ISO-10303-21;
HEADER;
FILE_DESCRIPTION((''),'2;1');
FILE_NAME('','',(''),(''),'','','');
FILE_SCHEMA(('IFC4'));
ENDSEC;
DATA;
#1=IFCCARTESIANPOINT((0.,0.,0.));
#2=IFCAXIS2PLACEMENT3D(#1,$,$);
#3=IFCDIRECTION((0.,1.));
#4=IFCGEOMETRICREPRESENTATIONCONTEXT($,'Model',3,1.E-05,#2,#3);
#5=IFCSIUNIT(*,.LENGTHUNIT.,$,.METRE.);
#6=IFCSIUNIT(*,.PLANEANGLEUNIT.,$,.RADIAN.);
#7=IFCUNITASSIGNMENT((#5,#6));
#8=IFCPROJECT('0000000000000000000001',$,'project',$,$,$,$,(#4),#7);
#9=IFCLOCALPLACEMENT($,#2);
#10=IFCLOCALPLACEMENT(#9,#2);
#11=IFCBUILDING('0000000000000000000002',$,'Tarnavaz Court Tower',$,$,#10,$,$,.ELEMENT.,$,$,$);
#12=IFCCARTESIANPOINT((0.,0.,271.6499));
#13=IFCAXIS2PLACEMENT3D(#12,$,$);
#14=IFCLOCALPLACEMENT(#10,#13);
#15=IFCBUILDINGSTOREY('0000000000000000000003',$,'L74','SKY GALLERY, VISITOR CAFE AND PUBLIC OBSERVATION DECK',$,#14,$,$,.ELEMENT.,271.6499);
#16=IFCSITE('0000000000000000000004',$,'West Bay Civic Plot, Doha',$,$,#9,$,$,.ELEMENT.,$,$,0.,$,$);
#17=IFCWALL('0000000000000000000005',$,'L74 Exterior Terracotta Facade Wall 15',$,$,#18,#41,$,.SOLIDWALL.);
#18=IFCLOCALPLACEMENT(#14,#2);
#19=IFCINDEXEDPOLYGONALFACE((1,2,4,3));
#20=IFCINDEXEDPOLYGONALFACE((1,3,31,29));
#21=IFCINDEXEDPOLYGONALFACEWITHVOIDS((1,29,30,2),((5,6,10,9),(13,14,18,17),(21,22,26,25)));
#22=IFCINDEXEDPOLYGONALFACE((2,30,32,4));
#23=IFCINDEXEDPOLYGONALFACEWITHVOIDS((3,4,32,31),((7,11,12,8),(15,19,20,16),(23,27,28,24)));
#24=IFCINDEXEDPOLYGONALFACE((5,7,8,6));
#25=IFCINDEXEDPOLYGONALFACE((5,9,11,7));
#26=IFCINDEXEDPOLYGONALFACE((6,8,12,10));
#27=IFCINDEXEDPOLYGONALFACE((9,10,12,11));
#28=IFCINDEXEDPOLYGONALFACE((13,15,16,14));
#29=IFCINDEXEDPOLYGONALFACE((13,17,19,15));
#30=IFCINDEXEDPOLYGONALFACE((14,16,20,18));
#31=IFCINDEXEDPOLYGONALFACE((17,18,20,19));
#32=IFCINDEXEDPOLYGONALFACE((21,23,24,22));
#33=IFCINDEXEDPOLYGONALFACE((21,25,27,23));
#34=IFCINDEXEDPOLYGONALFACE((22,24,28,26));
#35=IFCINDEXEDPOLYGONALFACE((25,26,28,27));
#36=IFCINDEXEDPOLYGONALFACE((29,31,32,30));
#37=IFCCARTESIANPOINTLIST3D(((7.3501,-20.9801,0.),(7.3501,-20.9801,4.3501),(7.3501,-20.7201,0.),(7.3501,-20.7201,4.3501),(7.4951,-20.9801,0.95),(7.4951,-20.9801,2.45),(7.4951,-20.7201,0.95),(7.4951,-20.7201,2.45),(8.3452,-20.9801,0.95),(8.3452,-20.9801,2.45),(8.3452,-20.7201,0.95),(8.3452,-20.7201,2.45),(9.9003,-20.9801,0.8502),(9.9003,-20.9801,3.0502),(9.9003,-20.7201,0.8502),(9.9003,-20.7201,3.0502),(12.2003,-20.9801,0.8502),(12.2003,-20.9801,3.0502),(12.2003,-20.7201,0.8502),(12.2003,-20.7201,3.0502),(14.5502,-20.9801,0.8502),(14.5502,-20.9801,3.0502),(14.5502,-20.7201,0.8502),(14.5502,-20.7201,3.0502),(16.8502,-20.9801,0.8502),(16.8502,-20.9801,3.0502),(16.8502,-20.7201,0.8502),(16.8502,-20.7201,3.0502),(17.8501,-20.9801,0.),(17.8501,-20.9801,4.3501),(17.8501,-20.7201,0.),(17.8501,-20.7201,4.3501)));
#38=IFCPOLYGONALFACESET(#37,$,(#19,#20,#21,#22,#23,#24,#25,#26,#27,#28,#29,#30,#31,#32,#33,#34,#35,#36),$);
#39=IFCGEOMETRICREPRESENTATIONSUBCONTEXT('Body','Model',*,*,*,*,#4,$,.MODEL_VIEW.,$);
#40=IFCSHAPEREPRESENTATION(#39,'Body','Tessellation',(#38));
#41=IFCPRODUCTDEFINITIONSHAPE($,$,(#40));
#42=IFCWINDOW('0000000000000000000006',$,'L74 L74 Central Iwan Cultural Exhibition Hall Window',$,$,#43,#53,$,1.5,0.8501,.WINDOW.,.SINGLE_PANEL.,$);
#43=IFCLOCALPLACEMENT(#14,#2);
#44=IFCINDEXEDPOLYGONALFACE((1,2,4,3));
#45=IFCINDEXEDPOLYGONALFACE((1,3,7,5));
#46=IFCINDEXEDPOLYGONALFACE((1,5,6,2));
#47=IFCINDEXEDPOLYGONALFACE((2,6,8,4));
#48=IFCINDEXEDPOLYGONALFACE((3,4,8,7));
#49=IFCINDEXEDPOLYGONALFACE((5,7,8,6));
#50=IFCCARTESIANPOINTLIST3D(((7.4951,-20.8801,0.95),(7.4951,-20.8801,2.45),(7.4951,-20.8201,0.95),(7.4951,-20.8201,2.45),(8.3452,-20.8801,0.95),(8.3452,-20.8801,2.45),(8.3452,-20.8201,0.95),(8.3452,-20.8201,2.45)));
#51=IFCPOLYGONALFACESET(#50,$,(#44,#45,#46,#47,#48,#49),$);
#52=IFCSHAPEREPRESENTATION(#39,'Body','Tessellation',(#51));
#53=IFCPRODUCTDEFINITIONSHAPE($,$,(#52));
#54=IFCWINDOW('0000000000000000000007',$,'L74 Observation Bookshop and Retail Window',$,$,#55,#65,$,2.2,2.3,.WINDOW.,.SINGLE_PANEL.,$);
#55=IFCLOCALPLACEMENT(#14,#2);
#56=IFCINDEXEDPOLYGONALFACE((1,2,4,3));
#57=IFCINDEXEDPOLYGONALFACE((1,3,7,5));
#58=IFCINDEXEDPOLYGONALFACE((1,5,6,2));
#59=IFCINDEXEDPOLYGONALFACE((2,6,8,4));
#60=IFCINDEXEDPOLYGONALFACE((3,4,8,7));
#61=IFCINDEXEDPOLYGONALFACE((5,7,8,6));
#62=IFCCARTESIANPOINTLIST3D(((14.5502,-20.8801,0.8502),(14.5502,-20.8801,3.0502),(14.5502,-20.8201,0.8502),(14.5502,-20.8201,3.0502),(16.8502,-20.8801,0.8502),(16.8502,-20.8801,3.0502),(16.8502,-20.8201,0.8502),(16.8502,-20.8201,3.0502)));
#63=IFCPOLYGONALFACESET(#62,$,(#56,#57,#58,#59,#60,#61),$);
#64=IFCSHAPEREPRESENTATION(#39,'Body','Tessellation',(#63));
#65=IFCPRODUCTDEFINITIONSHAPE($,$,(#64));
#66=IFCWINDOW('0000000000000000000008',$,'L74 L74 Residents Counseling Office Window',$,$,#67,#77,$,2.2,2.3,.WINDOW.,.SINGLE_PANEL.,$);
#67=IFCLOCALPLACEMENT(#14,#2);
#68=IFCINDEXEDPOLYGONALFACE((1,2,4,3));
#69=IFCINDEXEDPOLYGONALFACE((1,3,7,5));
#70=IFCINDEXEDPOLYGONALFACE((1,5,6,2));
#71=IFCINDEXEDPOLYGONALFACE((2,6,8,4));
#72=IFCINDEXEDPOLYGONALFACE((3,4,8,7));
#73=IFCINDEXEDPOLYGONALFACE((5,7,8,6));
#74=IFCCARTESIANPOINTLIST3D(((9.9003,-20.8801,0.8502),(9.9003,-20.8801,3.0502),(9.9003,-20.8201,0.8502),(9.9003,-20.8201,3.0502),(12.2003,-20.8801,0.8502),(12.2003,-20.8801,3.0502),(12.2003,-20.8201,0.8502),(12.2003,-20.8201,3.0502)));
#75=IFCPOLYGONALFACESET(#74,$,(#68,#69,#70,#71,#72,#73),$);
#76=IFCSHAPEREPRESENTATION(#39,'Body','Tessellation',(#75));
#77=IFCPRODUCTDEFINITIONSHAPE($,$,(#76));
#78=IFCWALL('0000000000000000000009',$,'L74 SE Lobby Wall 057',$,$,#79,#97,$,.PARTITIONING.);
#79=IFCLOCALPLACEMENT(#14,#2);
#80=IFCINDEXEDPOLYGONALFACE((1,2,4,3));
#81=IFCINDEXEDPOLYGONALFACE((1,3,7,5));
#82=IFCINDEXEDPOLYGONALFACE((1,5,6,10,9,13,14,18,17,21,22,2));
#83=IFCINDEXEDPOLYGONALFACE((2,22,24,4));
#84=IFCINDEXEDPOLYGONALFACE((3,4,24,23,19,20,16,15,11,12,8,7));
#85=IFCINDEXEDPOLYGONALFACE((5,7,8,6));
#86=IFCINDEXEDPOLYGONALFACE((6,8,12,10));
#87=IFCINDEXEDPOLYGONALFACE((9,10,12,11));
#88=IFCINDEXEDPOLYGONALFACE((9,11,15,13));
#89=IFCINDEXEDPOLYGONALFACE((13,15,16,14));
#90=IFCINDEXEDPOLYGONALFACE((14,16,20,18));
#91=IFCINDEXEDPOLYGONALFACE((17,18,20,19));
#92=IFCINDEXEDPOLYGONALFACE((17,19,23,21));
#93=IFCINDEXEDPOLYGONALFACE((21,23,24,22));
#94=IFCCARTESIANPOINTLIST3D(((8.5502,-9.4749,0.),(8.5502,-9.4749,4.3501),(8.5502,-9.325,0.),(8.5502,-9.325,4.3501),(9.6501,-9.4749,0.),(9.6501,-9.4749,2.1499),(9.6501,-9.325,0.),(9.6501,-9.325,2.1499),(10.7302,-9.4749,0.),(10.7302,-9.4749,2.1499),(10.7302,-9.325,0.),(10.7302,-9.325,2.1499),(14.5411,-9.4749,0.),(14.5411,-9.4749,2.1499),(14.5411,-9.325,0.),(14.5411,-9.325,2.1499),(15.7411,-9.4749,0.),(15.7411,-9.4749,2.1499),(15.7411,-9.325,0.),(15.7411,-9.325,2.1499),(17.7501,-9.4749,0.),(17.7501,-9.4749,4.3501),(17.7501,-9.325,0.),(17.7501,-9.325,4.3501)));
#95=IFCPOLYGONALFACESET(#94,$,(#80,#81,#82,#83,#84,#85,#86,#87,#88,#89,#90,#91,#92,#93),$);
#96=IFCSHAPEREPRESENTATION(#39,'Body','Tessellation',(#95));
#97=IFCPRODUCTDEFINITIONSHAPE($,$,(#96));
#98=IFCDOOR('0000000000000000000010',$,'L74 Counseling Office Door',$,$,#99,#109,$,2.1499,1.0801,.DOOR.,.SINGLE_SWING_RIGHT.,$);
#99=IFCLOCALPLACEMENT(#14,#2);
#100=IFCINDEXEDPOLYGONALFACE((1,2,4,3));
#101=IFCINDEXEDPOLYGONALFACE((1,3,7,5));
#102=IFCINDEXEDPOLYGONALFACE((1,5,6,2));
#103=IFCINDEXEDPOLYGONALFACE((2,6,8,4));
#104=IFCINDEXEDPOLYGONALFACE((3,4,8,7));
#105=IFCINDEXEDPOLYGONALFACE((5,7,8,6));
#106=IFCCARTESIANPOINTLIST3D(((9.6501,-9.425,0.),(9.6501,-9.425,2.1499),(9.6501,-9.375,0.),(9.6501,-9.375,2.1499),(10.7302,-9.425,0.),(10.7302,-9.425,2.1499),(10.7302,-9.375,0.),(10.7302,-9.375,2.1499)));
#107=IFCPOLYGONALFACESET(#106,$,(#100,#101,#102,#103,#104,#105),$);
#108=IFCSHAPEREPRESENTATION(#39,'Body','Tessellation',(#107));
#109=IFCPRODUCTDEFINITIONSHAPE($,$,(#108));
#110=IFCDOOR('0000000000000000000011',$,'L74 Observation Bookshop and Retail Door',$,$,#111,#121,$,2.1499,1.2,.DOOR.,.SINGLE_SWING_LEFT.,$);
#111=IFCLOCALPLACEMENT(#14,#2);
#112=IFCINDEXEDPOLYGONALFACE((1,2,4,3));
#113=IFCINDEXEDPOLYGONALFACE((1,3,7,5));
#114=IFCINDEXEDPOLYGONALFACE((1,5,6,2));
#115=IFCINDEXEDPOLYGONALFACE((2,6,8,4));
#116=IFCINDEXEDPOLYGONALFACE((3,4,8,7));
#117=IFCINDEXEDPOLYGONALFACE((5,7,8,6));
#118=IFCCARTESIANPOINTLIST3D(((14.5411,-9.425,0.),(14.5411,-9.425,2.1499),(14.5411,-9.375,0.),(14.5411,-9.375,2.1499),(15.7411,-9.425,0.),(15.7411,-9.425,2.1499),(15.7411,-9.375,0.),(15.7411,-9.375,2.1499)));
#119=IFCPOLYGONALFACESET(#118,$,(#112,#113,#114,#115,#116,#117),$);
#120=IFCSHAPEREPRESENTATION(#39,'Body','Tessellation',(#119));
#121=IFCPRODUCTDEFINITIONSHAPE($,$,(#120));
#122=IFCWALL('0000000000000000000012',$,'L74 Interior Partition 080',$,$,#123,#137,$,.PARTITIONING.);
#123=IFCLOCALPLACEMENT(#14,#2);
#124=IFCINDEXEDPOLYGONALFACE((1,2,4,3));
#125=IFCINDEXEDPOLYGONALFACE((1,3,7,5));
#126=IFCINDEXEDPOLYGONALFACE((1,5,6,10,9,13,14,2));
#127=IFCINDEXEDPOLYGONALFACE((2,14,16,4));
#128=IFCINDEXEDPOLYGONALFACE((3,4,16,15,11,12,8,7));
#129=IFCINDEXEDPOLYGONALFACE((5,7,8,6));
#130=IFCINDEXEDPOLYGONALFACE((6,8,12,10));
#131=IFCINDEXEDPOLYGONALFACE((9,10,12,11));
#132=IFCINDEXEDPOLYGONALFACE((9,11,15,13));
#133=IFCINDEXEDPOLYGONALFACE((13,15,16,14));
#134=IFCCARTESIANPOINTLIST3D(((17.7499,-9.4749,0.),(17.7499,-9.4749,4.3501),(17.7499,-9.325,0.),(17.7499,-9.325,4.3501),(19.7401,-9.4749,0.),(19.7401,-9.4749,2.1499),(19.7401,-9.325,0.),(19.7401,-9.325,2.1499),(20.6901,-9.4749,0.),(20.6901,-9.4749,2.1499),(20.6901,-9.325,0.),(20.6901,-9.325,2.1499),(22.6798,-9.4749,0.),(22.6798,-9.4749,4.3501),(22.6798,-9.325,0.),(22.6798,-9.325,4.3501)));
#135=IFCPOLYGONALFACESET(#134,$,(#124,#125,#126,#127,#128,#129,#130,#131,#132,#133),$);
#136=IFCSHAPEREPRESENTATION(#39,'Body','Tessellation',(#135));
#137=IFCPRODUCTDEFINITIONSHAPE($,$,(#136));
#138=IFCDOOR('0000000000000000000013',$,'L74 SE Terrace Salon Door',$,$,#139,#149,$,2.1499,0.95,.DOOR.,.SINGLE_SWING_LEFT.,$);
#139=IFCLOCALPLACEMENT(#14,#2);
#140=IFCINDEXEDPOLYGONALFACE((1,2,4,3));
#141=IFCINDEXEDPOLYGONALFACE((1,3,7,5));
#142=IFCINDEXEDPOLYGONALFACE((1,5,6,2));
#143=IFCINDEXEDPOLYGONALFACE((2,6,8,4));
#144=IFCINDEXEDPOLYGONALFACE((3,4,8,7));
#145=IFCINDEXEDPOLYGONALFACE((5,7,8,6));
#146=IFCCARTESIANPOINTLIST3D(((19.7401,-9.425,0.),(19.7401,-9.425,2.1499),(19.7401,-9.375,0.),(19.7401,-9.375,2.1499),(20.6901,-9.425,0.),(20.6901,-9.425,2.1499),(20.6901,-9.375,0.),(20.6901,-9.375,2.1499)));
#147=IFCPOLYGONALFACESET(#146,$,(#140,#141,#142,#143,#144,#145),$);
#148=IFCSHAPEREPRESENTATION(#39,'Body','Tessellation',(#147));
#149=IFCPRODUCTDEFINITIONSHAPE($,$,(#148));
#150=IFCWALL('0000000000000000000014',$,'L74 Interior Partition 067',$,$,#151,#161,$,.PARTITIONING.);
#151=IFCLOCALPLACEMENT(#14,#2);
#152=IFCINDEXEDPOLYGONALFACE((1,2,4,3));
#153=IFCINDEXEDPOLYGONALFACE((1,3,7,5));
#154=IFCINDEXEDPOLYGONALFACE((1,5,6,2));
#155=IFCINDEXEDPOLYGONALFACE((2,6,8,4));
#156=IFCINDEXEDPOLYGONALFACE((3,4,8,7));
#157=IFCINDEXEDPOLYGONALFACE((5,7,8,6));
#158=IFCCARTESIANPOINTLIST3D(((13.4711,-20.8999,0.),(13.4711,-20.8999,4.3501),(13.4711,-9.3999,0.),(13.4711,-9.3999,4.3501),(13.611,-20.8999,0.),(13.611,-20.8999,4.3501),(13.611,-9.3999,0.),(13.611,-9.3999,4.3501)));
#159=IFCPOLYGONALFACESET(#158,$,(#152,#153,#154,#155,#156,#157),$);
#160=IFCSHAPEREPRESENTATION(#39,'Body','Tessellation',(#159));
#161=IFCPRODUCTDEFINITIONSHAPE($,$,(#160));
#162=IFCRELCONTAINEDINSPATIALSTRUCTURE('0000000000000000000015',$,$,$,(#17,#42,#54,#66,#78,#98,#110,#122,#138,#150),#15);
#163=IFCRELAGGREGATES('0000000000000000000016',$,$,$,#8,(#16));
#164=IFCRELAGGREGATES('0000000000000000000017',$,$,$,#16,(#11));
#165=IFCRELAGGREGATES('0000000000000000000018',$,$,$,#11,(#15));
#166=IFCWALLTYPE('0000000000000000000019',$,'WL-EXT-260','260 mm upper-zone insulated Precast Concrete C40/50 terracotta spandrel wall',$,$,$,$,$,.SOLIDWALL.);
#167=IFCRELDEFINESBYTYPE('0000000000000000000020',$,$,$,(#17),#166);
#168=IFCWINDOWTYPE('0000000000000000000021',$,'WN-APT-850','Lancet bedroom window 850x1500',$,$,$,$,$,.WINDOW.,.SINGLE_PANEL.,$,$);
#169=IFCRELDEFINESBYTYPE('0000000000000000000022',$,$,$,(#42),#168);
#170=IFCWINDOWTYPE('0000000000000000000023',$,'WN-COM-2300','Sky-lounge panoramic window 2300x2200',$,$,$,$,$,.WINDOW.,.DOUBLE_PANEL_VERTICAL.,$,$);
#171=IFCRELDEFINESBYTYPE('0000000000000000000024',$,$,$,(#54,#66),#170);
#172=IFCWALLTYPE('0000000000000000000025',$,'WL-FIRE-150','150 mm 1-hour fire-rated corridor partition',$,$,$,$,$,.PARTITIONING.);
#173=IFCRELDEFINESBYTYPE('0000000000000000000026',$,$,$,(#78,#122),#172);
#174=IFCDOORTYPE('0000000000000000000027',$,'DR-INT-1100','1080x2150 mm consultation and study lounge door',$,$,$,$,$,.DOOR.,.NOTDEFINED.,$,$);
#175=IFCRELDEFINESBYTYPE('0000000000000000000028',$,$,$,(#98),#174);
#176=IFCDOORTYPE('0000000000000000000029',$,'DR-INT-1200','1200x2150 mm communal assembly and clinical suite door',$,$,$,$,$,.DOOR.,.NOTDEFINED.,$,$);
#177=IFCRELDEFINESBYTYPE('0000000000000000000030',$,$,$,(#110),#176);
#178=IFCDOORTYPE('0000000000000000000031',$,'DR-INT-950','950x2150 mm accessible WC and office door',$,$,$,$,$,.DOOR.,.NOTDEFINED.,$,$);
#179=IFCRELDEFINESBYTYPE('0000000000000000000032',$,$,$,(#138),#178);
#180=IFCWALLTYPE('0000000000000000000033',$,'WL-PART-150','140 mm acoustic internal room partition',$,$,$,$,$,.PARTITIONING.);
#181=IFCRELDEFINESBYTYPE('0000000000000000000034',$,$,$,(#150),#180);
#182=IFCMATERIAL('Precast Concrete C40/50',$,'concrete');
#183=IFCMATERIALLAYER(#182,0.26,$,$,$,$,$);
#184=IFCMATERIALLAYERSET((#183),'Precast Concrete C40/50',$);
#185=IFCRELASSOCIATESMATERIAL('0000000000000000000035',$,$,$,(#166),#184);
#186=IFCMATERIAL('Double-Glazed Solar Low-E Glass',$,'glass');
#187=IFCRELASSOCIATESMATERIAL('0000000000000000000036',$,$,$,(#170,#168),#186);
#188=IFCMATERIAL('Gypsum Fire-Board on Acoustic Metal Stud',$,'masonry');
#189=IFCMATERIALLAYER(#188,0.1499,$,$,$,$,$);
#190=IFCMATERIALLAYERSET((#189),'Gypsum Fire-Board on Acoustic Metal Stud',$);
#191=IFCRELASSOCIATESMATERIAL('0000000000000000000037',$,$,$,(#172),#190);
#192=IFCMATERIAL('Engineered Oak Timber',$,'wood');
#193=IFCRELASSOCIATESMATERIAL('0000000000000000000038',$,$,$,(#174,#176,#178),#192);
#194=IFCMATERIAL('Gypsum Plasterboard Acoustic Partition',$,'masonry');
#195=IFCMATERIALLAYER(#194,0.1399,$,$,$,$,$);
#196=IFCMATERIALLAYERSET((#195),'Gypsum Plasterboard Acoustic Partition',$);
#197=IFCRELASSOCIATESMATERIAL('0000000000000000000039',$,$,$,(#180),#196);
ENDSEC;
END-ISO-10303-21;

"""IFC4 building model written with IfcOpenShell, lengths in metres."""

from ifc_helpers import new_model, si_unit, direction, frame, frame_2d, origin, place, context, subcontext, project, spatial, rectangle, extrude, material, layer, layer_set, type_object, element, fill, save


model = new_model("IFC4")

# Units and contexts
model_context = context("Model", 3, precision=1e-05, world=origin(), true_north=direction((0.0, 1.0)))
body_context = subcontext(model_context, "Body", "Model", "MODEL_VIEW")
ifc_project = project(units=[si_unit("LENGTHUNIT", "METRE"), si_unit("PLANEANGLEUNIT", "RADIAN")], contexts=[model_context])

# Site, building, storey
site_placement = place(None, origin())
site = spatial("IfcSite", under=ifc_project, at=site_placement, Name="West Bay Civic Plot, Doha", CompositionType="ELEMENT", RefElevation=0.0)
building_placement = place(site_placement, origin())
building = spatial("IfcBuilding", under=site, at=building_placement, Name="Tarnavaz Court Tower", CompositionType="ELEMENT")
storey_placement = place(building_placement, frame((0.0, 0.0, 271.6499)))
storey = spatial("IfcBuildingStorey", under=building, at=storey_placement, Name="L74", Description="SKY GALLERY, VISITOR CAFE AND PUBLIC OBSERVATION DECK", CompositionType="ELEMENT", Elevation=271.6499)

# Shared definitions
ifc_material_1 = material(Name="Double-Glazed Solar Low-E Glass", Category="glass")

# Shared definitions
ifc_material_2 = material(Name="Precast Concrete C40/50", Category="concrete")
ifc_layer_1 = layer(ifc_material_2, 0.26)
ifc_layer_set_1 = layer_set([ifc_layer_1], Name="Precast Concrete C40/50")
wall_type_1 = type_object("IfcWallType", Name="WL-EXT-260", Description="260 mm upper-zone insulated Precast Concrete C40/50 terracotta spandrel wall", PredefinedType="SOLIDWALL", material=ifc_layer_set_1)
window_type_1 = type_object("IfcWindowType", Name="WN-COM-2300", Description="Sky-lounge panoramic window 2300x2200", PartitioningType="DOUBLE_PANEL_VERTICAL", PredefinedType="WINDOW", material=ifc_material_1)

# Wall, openings, windows
wall_1_placement = place(storey_placement, frame((17.8501, -20.8501, 0.0), z_axis=(0.0, 0.0, 1.0), x_axis=(-1.0, 0.0, 0.0)))
wall_1 = element("IfcWall", 1, at=wall_1_placement, inside=storey, type_object=wall_type_1, Name="L74 Exterior Terracotta Facade Wall 15", PredefinedType="SOLIDWALL", context=body_context, shape_type="SweptSolid", body=[
    extrude(rectangle(XDim=10.5, YDim=0.26, at=frame_2d((5.25, 0.0))), origin(), (0.0, 0.0, 1.0), 4.3501),
])
opening_1_placement = place(wall_1_placement, frame((1.0, 0.0, 0.8501)))
opening_1 = element("IfcOpeningElement", 2, at=opening_1_placement, cuts=wall_1, PredefinedType="OPENING", context=body_context, shape_type="SweptSolid", body=[
    extrude(rectangle(XDim=2.3, YDim=2.2, at=frame_2d((1.1499, 1.1001))), frame((0.0, 0.1399, 0.0), z_axis=(0.0, -1.0, 0.0), x_axis=(1.0, 0.0, 0.0)), (0.0, 0.0, 1.0), 0.28),
])
opening_2_placement = place(wall_1_placement, frame((5.6499, 0.0, 0.8501)))
opening_2 = element("IfcOpeningElement", 3, at=opening_2_placement, cuts=wall_1, PredefinedType="OPENING", context=body_context, shape_type="SweptSolid", body=[
    extrude(rectangle(XDim=2.3, YDim=2.2, at=frame_2d((1.1499, 1.1001))), frame((0.0, 0.1399, 0.0), z_axis=(0.0, -1.0, 0.0), x_axis=(1.0, 0.0, 0.0)), (0.0, 0.0, 1.0), 0.28),
])
opening_3_placement = place(wall_1_placement, frame((9.5049, 0.0, 0.95)))
opening_3 = element("IfcOpeningElement", 4, at=opening_3_placement, cuts=wall_1, PredefinedType="OPENING", context=body_context, shape_type="SweptSolid", body=[
    extrude(rectangle(XDim=0.8501, YDim=1.5, at=frame_2d((0.425, 0.75))), frame((0.0, 0.1399, 0.0), z_axis=(0.0, -1.0, 0.0), x_axis=(1.0, 0.0, 0.0)), (0.0, 0.0, 1.0), 0.28),
])
window_type_2 = type_object("IfcWindowType", Name="WN-APT-850", Description="Lancet bedroom window 850x1500", PartitioningType="SINGLE_PANEL", PredefinedType="WINDOW", material=ifc_material_1)
window_1_placement = place(opening_3_placement, origin())
window_1 = element("IfcWindow", 5, at=window_1_placement, inside=storey, type_object=window_type_2, Name="L74 L74 Central Iwan Cultural Exhibition Hall Window", OverallHeight=1.5, OverallWidth=0.8501, PartitioningType="SINGLE_PANEL", PredefinedType="WINDOW", context=body_context, shape_type="SweptSolid", body=[
    extrude(rectangle(XDim=0.8501, YDim=1.5, at=frame_2d((0.425, 0.75))), frame((0.0, 0.03, 0.0), z_axis=(0.0, -1.0, 0.0), x_axis=(1.0, 0.0, 0.0)), (0.0, 0.0, 1.0), 0.0601),
])
fill(opening_3, window_1)
window_2_placement = place(opening_1_placement, origin())
window_2 = element("IfcWindow", 6, at=window_2_placement, inside=storey, type_object=window_type_1, Name="L74 Observation Bookshop and Retail Window", OverallHeight=2.2, OverallWidth=2.3, PartitioningType="SINGLE_PANEL", PredefinedType="WINDOW", context=body_context, shape_type="SweptSolid", body=[
    extrude(rectangle(XDim=2.3, YDim=2.2, at=frame_2d((1.1499, 1.1001))), frame((0.0, 0.03, 0.0), z_axis=(0.0, -1.0, 0.0), x_axis=(1.0, 0.0, 0.0)), (0.0, 0.0, 1.0), 0.0601),
])
fill(opening_1, window_2)
window_3_placement = place(opening_2_placement, origin())
window_3 = element("IfcWindow", 7, at=window_3_placement, inside=storey, type_object=window_type_1, Name="L74 L74 Residents Counseling Office Window", OverallHeight=2.2, OverallWidth=2.3, PartitioningType="SINGLE_PANEL", PredefinedType="WINDOW", context=body_context, shape_type="SweptSolid", body=[
    extrude(rectangle(XDim=2.3, YDim=2.2, at=frame_2d((1.1499, 1.1001))), frame((0.0, 0.03, 0.0), z_axis=(0.0, -1.0, 0.0), x_axis=(1.0, 0.0, 0.0)), (0.0, 0.0, 1.0), 0.0601),
])
fill(opening_2, window_3)

# Wall, openings, doors
ifc_material_3 = material(Name="Gypsum Fire-Board on Acoustic Metal Stud", Category="masonry")
ifc_layer_2 = layer(ifc_material_3, 0.1499)
ifc_layer_set_2 = layer_set([ifc_layer_2], Name="Gypsum Fire-Board on Acoustic Metal Stud")
wall_type_2 = type_object("IfcWallType", Name="WL-FIRE-150", Description="150 mm 1-hour fire-rated corridor partition", PredefinedType="PARTITIONING", material=ifc_layer_set_2)
wall_2_placement = place(storey_placement, frame((8.55, -9.3999, 0.0), z_axis=(0.0, 0.0, 1.0), x_axis=(1.0, 0.0, 0.0)))
wall_2 = element("IfcWall", 8, at=wall_2_placement, inside=storey, type_object=wall_type_2, Name="L74 SE Lobby Wall 057", PredefinedType="PARTITIONING", context=body_context, shape_type="SweptSolid", body=[
    extrude(rectangle(XDim=9.2, YDim=0.1499, at=frame_2d((4.6001, 0.0))), origin(), (0.0, 0.0, 1.0), 4.3501),
])
opening_4_placement = place(wall_2_placement, frame((1.1001, 0.0, 0.0)))
opening_4 = element("IfcOpeningElement", 9, at=opening_4_placement, cuts=wall_2, PredefinedType="OPENING", context=body_context, shape_type="SweptSolid", body=[
    extrude(rectangle(XDim=1.0801, YDim=2.1499, at=frame_2d((0.54, 1.075))), frame((0.0, 0.085, 0.0), z_axis=(0.0, -1.0, 0.0), x_axis=(1.0, 0.0, 0.0)), (0.0, 0.0, 1.0), 0.1699),
])
opening_5_placement = place(wall_2_placement, frame((5.991, 0.0, 0.0)))
opening_5 = element("IfcOpeningElement", 10, at=opening_5_placement, cuts=wall_2, PredefinedType="OPENING", context=body_context, shape_type="SweptSolid", body=[
    extrude(rectangle(XDim=1.2, YDim=2.1499, at=frame_2d((0.6001, 1.075))), frame((0.0, 0.085, 0.0), z_axis=(0.0, -1.0, 0.0), x_axis=(1.0, 0.0, 0.0)), (0.0, 0.0, 1.0), 0.1699),
])
ifc_material_4 = material(Name="Engineered Oak Timber", Category="wood")
door_type_1 = type_object("IfcDoorType", Name="DR-INT-1100", Description="1080x2150 mm consultation and study lounge door", OperationType="NOTDEFINED", PredefinedType="DOOR", material=ifc_material_4)
door_1_placement = place(opening_4_placement, origin())
door_1 = element("IfcDoor", 11, at=door_1_placement, inside=storey, type_object=door_type_1, Name="L74 Counseling Office Door", OperationType="SINGLE_SWING_RIGHT", OverallHeight=2.1499, OverallWidth=1.0801, PredefinedType="DOOR", context=body_context, shape_type="SweptSolid", body=[
    extrude(rectangle(XDim=1.0801, YDim=2.1499, at=frame_2d((0.54, 1.075))), frame((0.0, 0.0249, 0.0), z_axis=(0.0, -1.0, 0.0), x_axis=(1.0, 0.0, 0.0)), (0.0, 0.0, 1.0), 0.05),
])
fill(opening_4, door_1)
door_type_2 = type_object("IfcDoorType", Name="DR-INT-1200", Description="1200x2150 mm communal assembly and clinical suite door", OperationType="NOTDEFINED", PredefinedType="DOOR", material=ifc_material_4)
door_2_placement = place(opening_5_placement, origin())
door_2 = element("IfcDoor", 12, at=door_2_placement, inside=storey, type_object=door_type_2, Name="L74 Observation Bookshop and Retail Door", OperationType="SINGLE_SWING_LEFT", OverallHeight=2.1499, OverallWidth=1.2, PredefinedType="DOOR", context=body_context, shape_type="SweptSolid", body=[
    extrude(rectangle(XDim=1.2, YDim=2.1499, at=frame_2d((0.6001, 1.075))), frame((0.0, 0.0249, 0.0), z_axis=(0.0, -1.0, 0.0), x_axis=(1.0, 0.0, 0.0)), (0.0, 0.0, 1.0), 0.05),
])
fill(opening_5, door_2)

# Wall, opening, door
wall_3_placement = place(storey_placement, frame((17.75, -9.3999, 0.0), z_axis=(0.0, 0.0, 1.0), x_axis=(1.0, 0.0, 0.0)))
wall_3 = element("IfcWall", 13, at=wall_3_placement, inside=storey, type_object=wall_type_2, Name="L74 Interior Partition 080", PredefinedType="PARTITIONING", context=body_context, shape_type="SweptSolid", body=[
    extrude(rectangle(XDim=4.9299, YDim=0.1499, at=frame_2d((2.4648, 0.0))), origin(), (0.0, 0.0, 1.0), 4.3501),
])
opening_6_placement = place(wall_3_placement, frame((1.99, 0.0, 0.0)))
opening_6 = element("IfcOpeningElement", 14, at=opening_6_placement, cuts=wall_3, PredefinedType="OPENING", context=body_context, shape_type="SweptSolid", body=[
    extrude(rectangle(XDim=0.95, YDim=2.1499, at=frame_2d((0.4751, 1.075))), frame((0.0, 0.085, 0.0), z_axis=(0.0, -1.0, 0.0), x_axis=(1.0, 0.0, 0.0)), (0.0, 0.0, 1.0), 0.1699),
])
door_type_3 = type_object("IfcDoorType", Name="DR-INT-950", Description="950x2150 mm accessible WC and office door", OperationType="NOTDEFINED", PredefinedType="DOOR", material=ifc_material_4)
door_3_placement = place(opening_6_placement, origin())
door_3 = element("IfcDoor", 15, at=door_3_placement, inside=storey, type_object=door_type_3, Name="L74 SE Terrace Salon Door", OperationType="SINGLE_SWING_LEFT", OverallHeight=2.1499, OverallWidth=0.95, PredefinedType="DOOR", context=body_context, shape_type="SweptSolid", body=[
    extrude(rectangle(XDim=0.95, YDim=2.1499, at=frame_2d((0.4751, 1.075))), frame((0.0, 0.0249, 0.0), z_axis=(0.0, -1.0, 0.0), x_axis=(1.0, 0.0, 0.0)), (0.0, 0.0, 1.0), 0.05),
])
fill(opening_6, door_3)

# Wall
ifc_material_5 = material(Name="Gypsum Plasterboard Acoustic Partition", Category="masonry")
ifc_layer_3 = layer(ifc_material_5, 0.1399)
ifc_layer_set_3 = layer_set([ifc_layer_3], Name="Gypsum Plasterboard Acoustic Partition")
wall_type_3 = type_object("IfcWallType", Name="WL-PART-150", Description="140 mm acoustic internal room partition", PredefinedType="PARTITIONING", material=ifc_layer_set_3)
wall_4_placement = place(storey_placement, frame((13.541, -20.8999, 0.0), z_axis=(0.0, 0.0, 1.0), x_axis=(0.0, 1.0, 0.0)))
element("IfcWall", 16, at=wall_4_placement, inside=storey, type_object=wall_type_3, Name="L74 Interior Partition 067", PredefinedType="PARTITIONING", context=body_context, shape_type="SweptSolid", body=[
    extrude(rectangle(XDim=11.5, YDim=0.1399, at=frame_2d((5.75, 0.0))), origin(), (0.0, 0.0, 1.0), 4.3501),
])

save(model, "model.ifc")
